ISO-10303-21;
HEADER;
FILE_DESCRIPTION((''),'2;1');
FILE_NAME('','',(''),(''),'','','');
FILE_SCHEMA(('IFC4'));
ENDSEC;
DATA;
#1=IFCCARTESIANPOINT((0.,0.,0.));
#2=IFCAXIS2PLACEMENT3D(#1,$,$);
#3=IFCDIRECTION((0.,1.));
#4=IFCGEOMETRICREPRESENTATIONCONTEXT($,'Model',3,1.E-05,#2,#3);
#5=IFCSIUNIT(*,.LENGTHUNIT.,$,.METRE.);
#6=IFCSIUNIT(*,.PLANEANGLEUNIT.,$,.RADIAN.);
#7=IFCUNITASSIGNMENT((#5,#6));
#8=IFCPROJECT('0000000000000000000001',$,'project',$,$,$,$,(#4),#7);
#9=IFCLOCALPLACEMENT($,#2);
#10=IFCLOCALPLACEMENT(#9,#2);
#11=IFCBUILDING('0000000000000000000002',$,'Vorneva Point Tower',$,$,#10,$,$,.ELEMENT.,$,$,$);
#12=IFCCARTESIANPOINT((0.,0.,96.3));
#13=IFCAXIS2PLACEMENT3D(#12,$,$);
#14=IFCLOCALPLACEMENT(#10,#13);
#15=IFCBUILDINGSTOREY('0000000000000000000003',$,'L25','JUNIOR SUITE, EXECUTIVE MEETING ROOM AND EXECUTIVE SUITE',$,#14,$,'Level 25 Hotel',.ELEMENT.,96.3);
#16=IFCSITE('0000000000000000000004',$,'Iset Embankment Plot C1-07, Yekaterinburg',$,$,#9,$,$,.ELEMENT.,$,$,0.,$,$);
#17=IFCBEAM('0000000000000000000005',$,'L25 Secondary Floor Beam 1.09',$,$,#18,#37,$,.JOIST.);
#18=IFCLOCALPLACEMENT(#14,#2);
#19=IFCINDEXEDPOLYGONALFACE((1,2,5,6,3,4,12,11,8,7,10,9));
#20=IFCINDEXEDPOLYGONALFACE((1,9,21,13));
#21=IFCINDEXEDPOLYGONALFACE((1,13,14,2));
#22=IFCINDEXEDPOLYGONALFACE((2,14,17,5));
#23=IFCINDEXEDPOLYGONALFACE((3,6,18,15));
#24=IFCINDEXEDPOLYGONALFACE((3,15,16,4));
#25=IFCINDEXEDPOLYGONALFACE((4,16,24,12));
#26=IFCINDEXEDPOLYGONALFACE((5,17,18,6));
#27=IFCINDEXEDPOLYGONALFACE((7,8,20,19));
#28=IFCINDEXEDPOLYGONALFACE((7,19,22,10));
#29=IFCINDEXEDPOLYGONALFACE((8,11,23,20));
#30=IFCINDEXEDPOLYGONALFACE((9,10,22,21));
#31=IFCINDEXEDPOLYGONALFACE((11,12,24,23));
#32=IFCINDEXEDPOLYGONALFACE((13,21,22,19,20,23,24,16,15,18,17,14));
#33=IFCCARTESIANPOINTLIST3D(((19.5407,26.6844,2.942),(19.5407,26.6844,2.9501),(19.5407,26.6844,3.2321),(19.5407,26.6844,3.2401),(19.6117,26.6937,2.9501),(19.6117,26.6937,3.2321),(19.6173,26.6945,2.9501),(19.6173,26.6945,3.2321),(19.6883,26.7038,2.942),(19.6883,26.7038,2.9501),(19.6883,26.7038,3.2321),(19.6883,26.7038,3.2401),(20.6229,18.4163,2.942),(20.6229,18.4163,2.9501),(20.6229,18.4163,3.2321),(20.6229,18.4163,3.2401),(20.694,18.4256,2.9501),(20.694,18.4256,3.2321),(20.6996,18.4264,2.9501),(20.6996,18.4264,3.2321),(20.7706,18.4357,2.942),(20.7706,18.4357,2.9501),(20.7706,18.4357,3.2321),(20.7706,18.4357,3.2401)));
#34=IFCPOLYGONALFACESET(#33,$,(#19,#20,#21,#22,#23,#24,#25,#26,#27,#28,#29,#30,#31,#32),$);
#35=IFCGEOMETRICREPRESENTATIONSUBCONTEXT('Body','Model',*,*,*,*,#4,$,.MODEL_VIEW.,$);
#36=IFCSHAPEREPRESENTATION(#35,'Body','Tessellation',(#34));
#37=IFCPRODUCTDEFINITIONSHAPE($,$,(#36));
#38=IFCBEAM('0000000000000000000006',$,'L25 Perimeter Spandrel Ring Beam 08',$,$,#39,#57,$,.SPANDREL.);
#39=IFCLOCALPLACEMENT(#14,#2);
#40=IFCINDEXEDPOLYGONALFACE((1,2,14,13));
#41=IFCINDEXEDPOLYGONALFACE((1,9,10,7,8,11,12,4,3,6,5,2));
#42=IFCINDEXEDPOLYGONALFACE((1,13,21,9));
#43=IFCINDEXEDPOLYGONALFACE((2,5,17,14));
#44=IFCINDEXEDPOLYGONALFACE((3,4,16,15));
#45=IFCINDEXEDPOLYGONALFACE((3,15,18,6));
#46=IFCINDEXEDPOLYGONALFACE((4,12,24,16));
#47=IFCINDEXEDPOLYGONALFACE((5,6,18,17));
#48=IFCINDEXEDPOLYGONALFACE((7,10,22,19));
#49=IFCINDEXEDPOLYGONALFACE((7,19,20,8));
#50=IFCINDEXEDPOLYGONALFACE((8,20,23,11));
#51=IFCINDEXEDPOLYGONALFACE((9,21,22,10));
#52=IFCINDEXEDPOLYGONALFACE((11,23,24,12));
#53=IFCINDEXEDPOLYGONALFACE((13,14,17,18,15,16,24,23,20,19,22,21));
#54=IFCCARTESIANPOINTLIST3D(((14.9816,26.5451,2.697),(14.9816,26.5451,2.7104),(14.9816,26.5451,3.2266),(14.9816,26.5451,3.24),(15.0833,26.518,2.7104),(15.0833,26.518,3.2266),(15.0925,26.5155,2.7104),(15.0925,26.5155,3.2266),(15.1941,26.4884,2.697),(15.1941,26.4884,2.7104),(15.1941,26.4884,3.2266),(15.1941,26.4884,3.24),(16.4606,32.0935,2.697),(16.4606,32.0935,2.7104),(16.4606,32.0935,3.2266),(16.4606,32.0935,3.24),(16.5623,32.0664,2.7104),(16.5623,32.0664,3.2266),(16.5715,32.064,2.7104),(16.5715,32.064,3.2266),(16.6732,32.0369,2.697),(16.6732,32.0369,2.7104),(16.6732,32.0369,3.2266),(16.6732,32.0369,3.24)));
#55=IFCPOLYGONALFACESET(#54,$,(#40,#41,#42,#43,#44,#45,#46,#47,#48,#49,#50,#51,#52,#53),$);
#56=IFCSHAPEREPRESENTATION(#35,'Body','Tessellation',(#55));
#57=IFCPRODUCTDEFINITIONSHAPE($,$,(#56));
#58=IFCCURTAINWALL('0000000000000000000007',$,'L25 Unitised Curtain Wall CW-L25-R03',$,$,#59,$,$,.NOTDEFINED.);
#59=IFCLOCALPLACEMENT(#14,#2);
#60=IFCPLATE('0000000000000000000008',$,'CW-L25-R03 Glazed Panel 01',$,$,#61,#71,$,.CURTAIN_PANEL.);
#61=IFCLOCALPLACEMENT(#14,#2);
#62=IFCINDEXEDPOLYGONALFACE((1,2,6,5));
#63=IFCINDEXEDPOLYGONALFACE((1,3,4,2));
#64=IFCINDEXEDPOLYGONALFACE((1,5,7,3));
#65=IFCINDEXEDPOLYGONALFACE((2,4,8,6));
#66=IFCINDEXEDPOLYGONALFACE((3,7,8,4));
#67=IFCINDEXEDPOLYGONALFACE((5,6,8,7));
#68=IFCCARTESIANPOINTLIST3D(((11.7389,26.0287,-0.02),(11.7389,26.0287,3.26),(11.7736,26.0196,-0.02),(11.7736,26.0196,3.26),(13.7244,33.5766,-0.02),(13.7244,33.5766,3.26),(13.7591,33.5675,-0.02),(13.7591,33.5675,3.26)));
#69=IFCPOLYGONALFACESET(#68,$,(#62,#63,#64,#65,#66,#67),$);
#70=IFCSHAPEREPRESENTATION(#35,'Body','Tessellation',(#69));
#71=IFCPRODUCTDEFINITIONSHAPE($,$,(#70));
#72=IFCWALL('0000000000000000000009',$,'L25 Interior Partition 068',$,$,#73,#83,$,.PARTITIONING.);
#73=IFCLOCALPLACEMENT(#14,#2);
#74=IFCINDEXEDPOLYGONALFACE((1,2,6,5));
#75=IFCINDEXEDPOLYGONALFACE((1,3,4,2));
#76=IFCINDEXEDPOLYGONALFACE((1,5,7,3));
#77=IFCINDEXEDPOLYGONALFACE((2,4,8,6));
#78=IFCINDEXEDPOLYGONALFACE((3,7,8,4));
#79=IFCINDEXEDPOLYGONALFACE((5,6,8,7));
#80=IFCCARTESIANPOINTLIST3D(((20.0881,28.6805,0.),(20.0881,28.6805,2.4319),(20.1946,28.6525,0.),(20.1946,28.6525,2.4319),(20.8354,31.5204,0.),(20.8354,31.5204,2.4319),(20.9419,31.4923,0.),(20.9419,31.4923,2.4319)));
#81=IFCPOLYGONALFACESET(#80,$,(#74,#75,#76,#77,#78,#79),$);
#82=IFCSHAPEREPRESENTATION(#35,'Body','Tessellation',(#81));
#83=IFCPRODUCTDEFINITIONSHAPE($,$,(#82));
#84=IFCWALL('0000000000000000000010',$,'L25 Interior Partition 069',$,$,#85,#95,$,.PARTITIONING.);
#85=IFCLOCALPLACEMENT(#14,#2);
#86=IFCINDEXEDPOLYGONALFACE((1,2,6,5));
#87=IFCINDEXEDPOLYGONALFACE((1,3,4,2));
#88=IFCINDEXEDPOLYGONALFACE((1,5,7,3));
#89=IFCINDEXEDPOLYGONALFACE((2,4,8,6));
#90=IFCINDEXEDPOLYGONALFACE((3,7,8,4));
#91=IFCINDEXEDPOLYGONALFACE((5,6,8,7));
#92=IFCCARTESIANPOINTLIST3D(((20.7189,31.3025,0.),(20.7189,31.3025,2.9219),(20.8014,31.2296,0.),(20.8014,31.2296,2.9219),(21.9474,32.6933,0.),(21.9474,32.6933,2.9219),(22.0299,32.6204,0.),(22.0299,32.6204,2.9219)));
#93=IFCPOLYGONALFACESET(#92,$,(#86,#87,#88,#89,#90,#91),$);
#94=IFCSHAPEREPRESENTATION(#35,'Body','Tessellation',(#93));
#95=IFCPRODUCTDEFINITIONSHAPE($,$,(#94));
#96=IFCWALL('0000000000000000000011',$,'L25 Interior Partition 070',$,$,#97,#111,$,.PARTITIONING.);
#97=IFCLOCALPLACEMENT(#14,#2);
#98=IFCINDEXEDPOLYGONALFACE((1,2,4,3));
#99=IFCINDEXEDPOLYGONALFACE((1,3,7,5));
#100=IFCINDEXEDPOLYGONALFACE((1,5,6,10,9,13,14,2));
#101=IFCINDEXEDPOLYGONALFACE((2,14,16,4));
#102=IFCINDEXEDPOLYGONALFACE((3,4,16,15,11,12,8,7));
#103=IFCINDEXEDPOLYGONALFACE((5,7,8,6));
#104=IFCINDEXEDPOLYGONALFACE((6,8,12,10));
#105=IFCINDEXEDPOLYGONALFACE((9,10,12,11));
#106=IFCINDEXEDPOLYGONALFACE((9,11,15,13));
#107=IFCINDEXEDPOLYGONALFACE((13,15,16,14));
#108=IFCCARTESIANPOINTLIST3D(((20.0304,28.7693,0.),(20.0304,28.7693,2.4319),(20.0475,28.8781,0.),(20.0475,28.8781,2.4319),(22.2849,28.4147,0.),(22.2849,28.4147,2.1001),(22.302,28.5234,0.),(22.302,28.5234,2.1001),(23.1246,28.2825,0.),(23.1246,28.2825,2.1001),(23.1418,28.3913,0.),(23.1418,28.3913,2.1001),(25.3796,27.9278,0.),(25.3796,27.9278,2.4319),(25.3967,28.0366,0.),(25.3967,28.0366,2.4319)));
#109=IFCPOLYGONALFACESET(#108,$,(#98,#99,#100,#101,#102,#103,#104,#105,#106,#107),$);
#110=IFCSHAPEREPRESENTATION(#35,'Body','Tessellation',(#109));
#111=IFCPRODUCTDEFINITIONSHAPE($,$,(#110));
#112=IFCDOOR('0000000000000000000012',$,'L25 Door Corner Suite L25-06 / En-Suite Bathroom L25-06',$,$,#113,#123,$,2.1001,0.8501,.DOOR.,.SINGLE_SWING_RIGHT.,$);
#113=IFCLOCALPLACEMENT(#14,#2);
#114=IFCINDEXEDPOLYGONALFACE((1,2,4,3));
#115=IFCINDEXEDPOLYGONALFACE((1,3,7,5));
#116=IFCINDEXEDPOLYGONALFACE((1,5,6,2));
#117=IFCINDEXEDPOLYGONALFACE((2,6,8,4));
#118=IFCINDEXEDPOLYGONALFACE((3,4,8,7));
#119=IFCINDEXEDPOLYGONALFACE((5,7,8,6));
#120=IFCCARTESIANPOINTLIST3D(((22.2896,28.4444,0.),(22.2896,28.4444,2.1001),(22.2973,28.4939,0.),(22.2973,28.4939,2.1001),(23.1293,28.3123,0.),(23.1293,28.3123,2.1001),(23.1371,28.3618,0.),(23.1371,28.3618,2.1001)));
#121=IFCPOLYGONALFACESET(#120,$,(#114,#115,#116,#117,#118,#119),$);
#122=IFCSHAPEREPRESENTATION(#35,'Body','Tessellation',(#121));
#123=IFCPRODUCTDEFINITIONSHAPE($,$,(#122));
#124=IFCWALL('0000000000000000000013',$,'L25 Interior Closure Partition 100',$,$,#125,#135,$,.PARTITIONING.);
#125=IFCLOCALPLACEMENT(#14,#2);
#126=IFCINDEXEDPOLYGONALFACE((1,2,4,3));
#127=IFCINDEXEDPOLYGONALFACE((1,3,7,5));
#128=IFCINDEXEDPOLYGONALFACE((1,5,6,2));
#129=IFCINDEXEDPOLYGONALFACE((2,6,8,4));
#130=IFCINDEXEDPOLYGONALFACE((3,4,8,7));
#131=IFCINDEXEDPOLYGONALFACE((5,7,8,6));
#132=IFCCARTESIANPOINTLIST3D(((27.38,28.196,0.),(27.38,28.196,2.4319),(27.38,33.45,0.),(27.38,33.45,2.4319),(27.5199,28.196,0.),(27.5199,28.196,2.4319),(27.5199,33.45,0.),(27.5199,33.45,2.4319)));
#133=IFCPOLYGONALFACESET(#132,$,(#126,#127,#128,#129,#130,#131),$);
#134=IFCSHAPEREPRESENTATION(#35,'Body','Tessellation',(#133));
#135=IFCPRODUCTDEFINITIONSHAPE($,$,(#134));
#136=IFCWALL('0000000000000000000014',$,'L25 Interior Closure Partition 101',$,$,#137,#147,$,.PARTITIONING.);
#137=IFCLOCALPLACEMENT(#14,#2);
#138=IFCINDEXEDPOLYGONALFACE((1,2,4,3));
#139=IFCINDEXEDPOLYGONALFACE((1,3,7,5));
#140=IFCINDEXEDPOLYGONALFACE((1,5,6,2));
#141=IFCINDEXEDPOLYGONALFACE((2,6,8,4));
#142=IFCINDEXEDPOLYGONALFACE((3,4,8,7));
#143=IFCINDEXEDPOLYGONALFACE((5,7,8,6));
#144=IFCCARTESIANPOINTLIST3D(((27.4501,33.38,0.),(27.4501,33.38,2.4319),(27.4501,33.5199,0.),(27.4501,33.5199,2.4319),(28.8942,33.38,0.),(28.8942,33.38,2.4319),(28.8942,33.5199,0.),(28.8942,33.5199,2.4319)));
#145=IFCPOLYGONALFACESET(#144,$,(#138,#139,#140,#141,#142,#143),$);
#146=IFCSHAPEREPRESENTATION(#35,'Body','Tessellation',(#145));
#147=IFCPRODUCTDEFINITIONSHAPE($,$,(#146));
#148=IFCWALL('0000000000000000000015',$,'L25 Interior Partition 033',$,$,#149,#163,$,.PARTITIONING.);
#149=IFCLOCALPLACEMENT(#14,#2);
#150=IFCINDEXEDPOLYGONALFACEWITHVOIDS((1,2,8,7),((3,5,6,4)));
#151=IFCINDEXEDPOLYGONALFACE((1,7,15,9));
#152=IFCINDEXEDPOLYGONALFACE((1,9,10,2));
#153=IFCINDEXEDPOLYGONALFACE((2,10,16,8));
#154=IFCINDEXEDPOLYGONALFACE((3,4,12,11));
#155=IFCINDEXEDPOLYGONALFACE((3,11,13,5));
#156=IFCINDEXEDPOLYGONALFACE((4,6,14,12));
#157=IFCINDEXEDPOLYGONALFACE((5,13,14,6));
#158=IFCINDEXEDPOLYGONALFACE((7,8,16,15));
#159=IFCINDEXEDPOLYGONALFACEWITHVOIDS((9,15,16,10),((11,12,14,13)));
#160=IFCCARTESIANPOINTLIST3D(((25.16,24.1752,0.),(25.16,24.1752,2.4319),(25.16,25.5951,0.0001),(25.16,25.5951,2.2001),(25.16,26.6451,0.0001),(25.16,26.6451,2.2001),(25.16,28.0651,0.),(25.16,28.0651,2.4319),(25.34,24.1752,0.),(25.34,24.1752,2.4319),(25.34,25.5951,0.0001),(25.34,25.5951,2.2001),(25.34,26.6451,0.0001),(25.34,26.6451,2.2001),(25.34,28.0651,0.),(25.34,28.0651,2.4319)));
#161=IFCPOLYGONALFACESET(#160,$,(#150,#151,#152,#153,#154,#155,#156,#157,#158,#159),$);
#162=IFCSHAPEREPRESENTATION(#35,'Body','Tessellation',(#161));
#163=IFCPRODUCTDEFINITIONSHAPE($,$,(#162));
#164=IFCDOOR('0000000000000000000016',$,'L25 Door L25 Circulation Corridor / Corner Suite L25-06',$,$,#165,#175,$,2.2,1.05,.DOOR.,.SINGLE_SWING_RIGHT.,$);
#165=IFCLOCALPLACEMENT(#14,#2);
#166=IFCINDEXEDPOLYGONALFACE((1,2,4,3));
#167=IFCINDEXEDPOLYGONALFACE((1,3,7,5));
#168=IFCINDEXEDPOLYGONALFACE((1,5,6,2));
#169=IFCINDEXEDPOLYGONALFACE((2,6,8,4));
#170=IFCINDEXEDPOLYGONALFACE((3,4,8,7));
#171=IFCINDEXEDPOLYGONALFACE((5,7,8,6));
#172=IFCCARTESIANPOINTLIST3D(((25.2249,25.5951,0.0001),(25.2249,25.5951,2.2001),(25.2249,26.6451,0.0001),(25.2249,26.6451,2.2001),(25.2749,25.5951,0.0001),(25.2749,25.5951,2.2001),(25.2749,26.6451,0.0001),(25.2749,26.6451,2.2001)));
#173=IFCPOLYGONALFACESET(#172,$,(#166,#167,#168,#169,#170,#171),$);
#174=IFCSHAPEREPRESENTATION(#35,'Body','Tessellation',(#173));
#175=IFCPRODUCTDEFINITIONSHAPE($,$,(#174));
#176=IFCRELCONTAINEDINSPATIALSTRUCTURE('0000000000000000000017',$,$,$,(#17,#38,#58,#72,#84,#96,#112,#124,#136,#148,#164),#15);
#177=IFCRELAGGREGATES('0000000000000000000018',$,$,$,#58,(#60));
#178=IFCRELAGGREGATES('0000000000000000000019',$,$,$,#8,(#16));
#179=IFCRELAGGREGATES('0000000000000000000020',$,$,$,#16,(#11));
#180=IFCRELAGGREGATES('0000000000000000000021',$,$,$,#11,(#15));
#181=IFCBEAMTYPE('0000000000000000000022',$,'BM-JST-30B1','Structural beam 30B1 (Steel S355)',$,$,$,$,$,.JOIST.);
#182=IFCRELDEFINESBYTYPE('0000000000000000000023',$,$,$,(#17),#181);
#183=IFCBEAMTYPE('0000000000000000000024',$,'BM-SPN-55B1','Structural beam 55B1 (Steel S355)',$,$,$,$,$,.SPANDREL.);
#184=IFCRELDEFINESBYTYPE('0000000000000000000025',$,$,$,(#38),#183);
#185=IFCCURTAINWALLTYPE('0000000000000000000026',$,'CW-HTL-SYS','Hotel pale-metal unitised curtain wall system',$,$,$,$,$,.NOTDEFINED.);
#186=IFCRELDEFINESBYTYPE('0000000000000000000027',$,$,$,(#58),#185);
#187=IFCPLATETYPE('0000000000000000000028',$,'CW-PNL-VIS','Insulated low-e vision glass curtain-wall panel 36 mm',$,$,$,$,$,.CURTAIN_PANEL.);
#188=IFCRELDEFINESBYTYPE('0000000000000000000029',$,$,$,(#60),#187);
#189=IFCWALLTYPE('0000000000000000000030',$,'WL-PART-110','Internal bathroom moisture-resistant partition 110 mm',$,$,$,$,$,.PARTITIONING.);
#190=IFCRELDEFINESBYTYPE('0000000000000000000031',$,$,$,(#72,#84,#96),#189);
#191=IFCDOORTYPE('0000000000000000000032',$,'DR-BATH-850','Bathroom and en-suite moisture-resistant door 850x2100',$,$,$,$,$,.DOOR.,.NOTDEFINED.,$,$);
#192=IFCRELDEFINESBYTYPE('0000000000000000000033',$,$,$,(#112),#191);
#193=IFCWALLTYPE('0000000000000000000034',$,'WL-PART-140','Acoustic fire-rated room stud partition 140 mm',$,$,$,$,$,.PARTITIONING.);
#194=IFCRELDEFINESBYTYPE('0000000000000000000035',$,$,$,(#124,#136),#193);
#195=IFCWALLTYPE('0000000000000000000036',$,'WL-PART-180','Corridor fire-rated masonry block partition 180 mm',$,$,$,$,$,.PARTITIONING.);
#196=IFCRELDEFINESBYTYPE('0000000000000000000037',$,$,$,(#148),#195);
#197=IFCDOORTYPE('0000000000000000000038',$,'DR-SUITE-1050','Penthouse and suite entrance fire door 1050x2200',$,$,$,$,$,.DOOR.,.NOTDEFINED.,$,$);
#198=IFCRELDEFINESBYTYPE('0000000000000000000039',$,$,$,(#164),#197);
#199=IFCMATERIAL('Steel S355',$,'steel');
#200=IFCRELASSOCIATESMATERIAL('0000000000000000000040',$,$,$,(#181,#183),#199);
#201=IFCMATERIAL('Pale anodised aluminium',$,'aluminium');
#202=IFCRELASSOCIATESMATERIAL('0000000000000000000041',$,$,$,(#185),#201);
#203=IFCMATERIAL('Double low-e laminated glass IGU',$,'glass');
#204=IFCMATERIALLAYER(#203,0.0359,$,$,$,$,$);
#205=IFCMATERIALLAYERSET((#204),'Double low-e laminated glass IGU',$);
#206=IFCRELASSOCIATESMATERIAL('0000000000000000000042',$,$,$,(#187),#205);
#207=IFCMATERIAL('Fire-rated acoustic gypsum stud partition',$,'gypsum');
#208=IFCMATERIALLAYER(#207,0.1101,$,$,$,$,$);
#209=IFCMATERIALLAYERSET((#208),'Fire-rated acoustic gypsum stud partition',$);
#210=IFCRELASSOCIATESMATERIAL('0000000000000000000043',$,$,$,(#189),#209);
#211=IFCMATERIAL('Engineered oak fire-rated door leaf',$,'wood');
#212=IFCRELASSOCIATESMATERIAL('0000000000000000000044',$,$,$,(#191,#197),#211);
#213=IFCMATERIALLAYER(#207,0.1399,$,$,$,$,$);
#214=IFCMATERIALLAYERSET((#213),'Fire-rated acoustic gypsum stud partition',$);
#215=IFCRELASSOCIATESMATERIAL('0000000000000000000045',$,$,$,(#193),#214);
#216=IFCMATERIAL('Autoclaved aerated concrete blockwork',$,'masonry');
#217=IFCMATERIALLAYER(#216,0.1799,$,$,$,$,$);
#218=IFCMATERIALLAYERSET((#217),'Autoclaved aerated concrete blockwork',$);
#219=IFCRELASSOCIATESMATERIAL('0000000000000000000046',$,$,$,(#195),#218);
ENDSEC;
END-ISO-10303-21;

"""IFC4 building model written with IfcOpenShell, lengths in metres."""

from ifc_helpers import new_model, si_unit, direction, frame, frame_2d, origin, origin_2d, place, context, subcontext, project, spatial, rectangle, i_section, extrude, material, layer, layer_set, material_profile, profile_set, type_object, element, fill, aggregate, save


model = new_model("IFC4")

# Units and contexts
model_context = context("Model", 3, precision=1e-05, world=origin(), true_north=direction((0.0, 1.0)))
body_context = subcontext(model_context, "Body", "Model", "MODEL_VIEW")
ifc_project = project(units=[si_unit("LENGTHUNIT", "METRE"), si_unit("PLANEANGLEUNIT", "RADIAN")], contexts=[model_context])

# Site, building, storey
site_placement = place(None, origin())
site = spatial("IfcSite", under=ifc_project, at=site_placement, Name="Iset Embankment Plot C1-07, Yekaterinburg", CompositionType="ELEMENT", RefElevation=0.0)
building_placement = place(site_placement, origin())
building = spatial("IfcBuilding", under=site, at=building_placement, Name="Vorneva Point Tower", CompositionType="ELEMENT")
storey_placement = place(building_placement, frame((0.0, 0.0, 96.3)))
storey = spatial("IfcBuildingStorey", under=building, at=storey_placement, Name="L25", Description="JUNIOR SUITE, EXECUTIVE MEETING ROOM AND EXECUTIVE SUITE", LongName="Level 25 Hotel", CompositionType="ELEMENT", Elevation=96.3)

# Beams
ifc_material_1 = material(Name="Steel S355", Category="steel")
ifc_material_profile_1 = material_profile(ifc_material_1, i_section(OverallWidth=0.1489, OverallDepth=0.2981, WebThickness=0.0056, FlangeThickness=0.0081, at=origin_2d()), Name="30B1")
ifc_profile_set_1 = profile_set([ifc_material_profile_1], Name="Steel S355")
beam_type_1 = type_object("IfcBeamType", Name="BM-JST-30B1", Description="Structural beam 30B1 (Steel S355)", PredefinedType="JOIST", material=ifc_profile_set_1)
beam_1_placement = place(storey_placement, frame((19.6145, 26.6941, 3.0911), z_axis=(0.129791, -0.991541, 0.0), x_axis=(0.991541, 0.129791, 0.0)))
element("IfcBeam", 1, at=beam_1_placement, inside=storey, type_object=beam_type_1, Name="L25 Secondary Floor Beam 1.09", PredefinedType="JOIST", context=body_context, shape_type="SweptSolid", body=[
    extrude(i_section(OverallWidth=0.1489, OverallDepth=0.2981, WebThickness=0.0056, FlangeThickness=0.0081, at=origin_2d()), origin(), (0.0, 0.0, 1.0), 8.3386),
])
ifc_material_profile_2 = material_profile(ifc_material_1, i_section(OverallWidth=0.22, OverallDepth=0.543, WebThickness=0.0095, FlangeThickness=0.0134, at=origin_2d()), Name="55B1")
ifc_profile_set_2 = profile_set([ifc_material_profile_2], Name="Steel S355")
beam_type_2 = type_object("IfcBeamType", Name="BM-SPN-55B1", Description="Structural beam 55B1 (Steel S355)", PredefinedType="SPANDREL", material=ifc_profile_set_2)
beam_2_placement = place(storey_placement, frame((16.5669, 32.0652, 2.9685), z_axis=(-0.257573, -0.966259, 0.0), x_axis=(0.966259, -0.257573, 0.0)))
element("IfcBeam", 2, at=beam_2_placement, inside=storey, type_object=beam_type_2, Name="L25 Perimeter Spandrel Ring Beam 08", PredefinedType="SPANDREL", context=body_context, shape_type="SweptSolid", body=[
    extrude(i_section(OverallWidth=0.22, OverallDepth=0.543, WebThickness=0.0095, FlangeThickness=0.0134, at=origin_2d()), origin(), (0.0, 0.0, 1.0), 5.7422),
])

# Curtain wall, plate
ifc_material_2 = material(Name="Pale anodised aluminium", Category="aluminium")
curtain_wall_type = type_object("IfcCurtainWallType", Name="CW-HTL-SYS", Description="Hotel pale-metal unitised curtain wall system", PredefinedType="NOTDEFINED", material=ifc_material_2)
curtain_wall_placement = place(storey_placement, origin())
curtain_wall = element("IfcCurtainWall", 3, at=curtain_wall_placement, inside=storey, type_object=curtain_wall_type, Name="L25 Unitised Curtain Wall CW-L25-R03", PredefinedType="NOTDEFINED")
ifc_material_3 = material(Name="Double low-e laminated glass IGU", Category="glass")
ifc_layer_1 = layer(ifc_material_3, 0.0359)
ifc_layer_set_1 = layer_set([ifc_layer_1], Name="Double low-e laminated glass IGU")
plate_type = type_object("IfcPlateType", Name="CW-PNL-VIS", Description="Insulated low-e vision glass curtain-wall panel 36 mm", PredefinedType="CURTAIN_PANEL", material=ifc_layer_set_1)
plate_placement = place(storey_placement, frame((12.749, 29.7981, -0.02), z_axis=(0.0, 0.0, 1.0), x_axis=(-0.254399, -0.967099, 0.0)))
plate = element("IfcPlate", 4, at=plate_placement, type_object=plate_type, Name="CW-L25-R03 Glazed Panel 01", PredefinedType="CURTAIN_PANEL", context=body_context, shape_type="SweptSolid", body=[
    extrude(rectangle(XDim=7.8047, YDim=0.0359, at=origin_2d()), origin(), (0.0, 0.0, 1.0), 3.28),
])
aggregate(curtain_wall, [plate])

# Walls
ifc_material_4 = material(Name="Fire-rated acoustic gypsum stud partition", Category="gypsum")
ifc_layer_2 = layer(ifc_material_4, 0.1101)
ifc_layer_set_2 = layer_set([ifc_layer_2], Name="Fire-rated acoustic gypsum stud partition")
wall_type_1 = type_object("IfcWallType", Name="WL-PART-110", Description="Internal bathroom moisture-resistant partition 110 mm", PredefinedType="PARTITIONING", material=ifc_layer_set_2)
wall_1_placement = place(storey_placement, frame((20.1414, 28.6665, 0.0), z_axis=(0.0, 0.0, 1.0), x_axis=(0.254489, 0.967076, 0.0)))
element("IfcWall", 5, at=wall_1_placement, inside=storey, type_object=wall_type_1, Name="L25 Interior Partition 068", PredefinedType="PARTITIONING", context=body_context, shape_type="SweptSolid", body=[
    extrude(rectangle(XDim=2.9365, YDim=0.1101, at=frame_2d((1.4683, 0.0))), origin(), (0.0, 0.0, 1.0), 2.4319),
])
wall_2_placement = place(storey_placement, frame((20.7603, 31.2661, 0.0), z_axis=(0.0, 0.0, 1.0), x_axis=(0.662009, 0.749496, 0.0)))
element("IfcWall", 6, at=wall_2_placement, inside=storey, type_object=wall_type_1, Name="L25 Interior Partition 069", PredefinedType="PARTITIONING", context=body_context, shape_type="SweptSolid", body=[
    extrude(rectangle(XDim=1.8557, YDim=0.1101, at=frame_2d((0.9277, 0.0))), origin(), (0.0, 0.0, 1.0), 2.9219),
])

# Wall, opening, door
wall_3_placement = place(storey_placement, frame((25.3882, 27.9822, 0.0), z_axis=(0.0, 0.0, 1.0), x_axis=(-0.987851, 0.155407, 0.0)))
wall_3 = element("IfcWall", 7, at=wall_3_placement, inside=storey, type_object=wall_type_1, Name="L25 Interior Partition 070", PredefinedType="PARTITIONING", context=body_context, shape_type="SweptSolid", body=[
    extrude(rectangle(XDim=5.415, YDim=0.1101, at=frame_2d((2.7075, 0.0))), origin(), (0.0, 0.0, 1.0), 2.4319),
])
opening_1_placement = place(wall_3_placement, frame((2.2827, 0.0, 0.0)))
opening_1 = element("IfcOpeningElement", 8, at=opening_1_placement, cuts=wall_3, PredefinedType="OPENING", context=body_context, shape_type="SweptSolid", body=[
    extrude(rectangle(XDim=0.8501, YDim=2.1001, at=frame_2d((0.425, 1.05))), frame((0.0, 0.0698, 0.0), z_axis=(0.0, -1.0, 0.0), x_axis=(1.0, 0.0, 0.0)), (0.0, 0.0, 1.0), 0.1399),
])
ifc_material_5 = material(Name="Engineered oak fire-rated door leaf", Category="wood")
door_type_1 = type_object("IfcDoorType", Name="DR-BATH-850", Description="Bathroom and en-suite moisture-resistant door 850x2100", OperationType="NOTDEFINED", PredefinedType="DOOR", material=ifc_material_5)
door_1_placement = place(opening_1_placement, origin())
door_1 = element("IfcDoor", 9, at=door_1_placement, inside=storey, type_object=door_type_1, Name="L25 Door Corner Suite L25-06 / En-Suite Bathroom L25-06", OperationType="SINGLE_SWING_RIGHT", OverallHeight=2.1001, OverallWidth=0.8501, PredefinedType="DOOR", context=body_context, shape_type="SweptSolid", body=[
    extrude(rectangle(XDim=0.8501, YDim=2.1001, at=frame_2d((0.425, 1.05))), frame((0.0, 0.0249, 0.0), z_axis=(0.0, -1.0, 0.0), x_axis=(1.0, 0.0, 0.0)), (0.0, 0.0, 1.0), 0.05),
])
fill(opening_1, door_1)

# Walls
ifc_layer_3 = layer(ifc_material_4, 0.1399)
ifc_layer_set_3 = layer_set([ifc_layer_3], Name="Fire-rated acoustic gypsum stud partition")
wall_type_2 = type_object("IfcWallType", Name="WL-PART-140", Description="Acoustic fire-rated room stud partition 140 mm", PredefinedType="PARTITIONING", material=ifc_layer_set_3)
wall_4_placement = place(storey_placement, frame((27.45, 28.196, 0.0), z_axis=(0.0, 0.0, 1.0), x_axis=(0.0, 1.0, 0.0)))
element("IfcWall", 10, at=wall_4_placement, inside=storey, type_object=wall_type_2, Name="L25 Interior Closure Partition 100", PredefinedType="PARTITIONING", context=body_context, shape_type="SweptSolid", body=[
    extrude(rectangle(XDim=5.2539, YDim=0.1399, at=frame_2d((2.627, 0.0))), origin(), (0.0, 0.0, 1.0), 2.4319),
])
wall_5_placement = place(storey_placement, frame((27.45, 33.45, 0.0), z_axis=(0.0, 0.0, 1.0), x_axis=(1.0, 0.0, 0.0)))
element("IfcWall", 11, at=wall_5_placement, inside=storey, type_object=wall_type_2, Name="L25 Interior Closure Partition 101", PredefinedType="PARTITIONING", context=body_context, shape_type="SweptSolid", body=[
    extrude(rectangle(XDim=1.4441, YDim=0.1399, at=frame_2d((0.7222, 0.0))), origin(), (0.0, 0.0, 1.0), 2.4319),
])

# Wall, opening, door
ifc_material_6 = material(Name="Autoclaved aerated concrete blockwork", Category="masonry")
ifc_layer_4 = layer(ifc_material_6, 0.1799)
ifc_layer_set_4 = layer_set([ifc_layer_4], Name="Autoclaved aerated concrete blockwork")
wall_type_3 = type_object("IfcWallType", Name="WL-PART-180", Description="Corridor fire-rated masonry block partition 180 mm", PredefinedType="PARTITIONING", material=ifc_layer_set_4)
wall_6_placement = place(storey_placement, frame((25.25, 28.0649, 0.0), z_axis=(0.0, 0.0, 1.0), x_axis=(0.0, -1.0, 0.0)))
wall_6 = element("IfcWall", 12, at=wall_6_placement, inside=storey, type_object=wall_type_3, Name="L25 Interior Partition 033", PredefinedType="PARTITIONING", context=body_context, shape_type="SweptSolid", body=[
    extrude(rectangle(XDim=3.8899, YDim=0.1799, at=frame_2d((1.9448, 0.0))), origin(), (0.0, 0.0, 1.0), 2.4319),
])
opening_2_placement = place(wall_6_placement, frame((1.4199, 0.0, 0.0)))
opening_2 = element("IfcOpeningElement", 13, at=opening_2_placement, cuts=wall_6, PredefinedType="OPENING", context=body_context, shape_type="SweptSolid", body=[
    extrude(rectangle(XDim=1.05, YDim=2.2, at=frame_2d((0.5249, 1.1001))), frame((0.0, 0.105, 0.0), z_axis=(0.0, -1.0, 0.0), x_axis=(1.0, 0.0, 0.0)), (0.0, 0.0, 1.0), 0.2097),
])
door_type_2 = type_object("IfcDoorType", Name="DR-SUITE-1050", Description="Penthouse and suite entrance fire door 1050x2200", OperationType="NOTDEFINED", PredefinedType="DOOR", material=ifc_material_5)
door_2_placement = place(opening_2_placement, origin())
door_2 = element("IfcDoor", 14, at=door_2_placement, inside=storey, type_object=door_type_2, Name="L25 Door L25 Circulation Corridor / Corner Suite L25-06", OperationType="SINGLE_SWING_RIGHT", OverallHeight=2.2, OverallWidth=1.05, PredefinedType="DOOR", context=body_context, shape_type="SweptSolid", body=[
    extrude(rectangle(XDim=1.05, YDim=2.2, at=frame_2d((0.5249, 1.1001))), frame((0.0, 0.0249, 0.0), z_axis=(0.0, -1.0, 0.0), x_axis=(1.0, 0.0, 0.0)), (0.0, 0.0, 1.0), 0.05),
])
fill(opening_2, door_2)

save(model, "model.ifc")
